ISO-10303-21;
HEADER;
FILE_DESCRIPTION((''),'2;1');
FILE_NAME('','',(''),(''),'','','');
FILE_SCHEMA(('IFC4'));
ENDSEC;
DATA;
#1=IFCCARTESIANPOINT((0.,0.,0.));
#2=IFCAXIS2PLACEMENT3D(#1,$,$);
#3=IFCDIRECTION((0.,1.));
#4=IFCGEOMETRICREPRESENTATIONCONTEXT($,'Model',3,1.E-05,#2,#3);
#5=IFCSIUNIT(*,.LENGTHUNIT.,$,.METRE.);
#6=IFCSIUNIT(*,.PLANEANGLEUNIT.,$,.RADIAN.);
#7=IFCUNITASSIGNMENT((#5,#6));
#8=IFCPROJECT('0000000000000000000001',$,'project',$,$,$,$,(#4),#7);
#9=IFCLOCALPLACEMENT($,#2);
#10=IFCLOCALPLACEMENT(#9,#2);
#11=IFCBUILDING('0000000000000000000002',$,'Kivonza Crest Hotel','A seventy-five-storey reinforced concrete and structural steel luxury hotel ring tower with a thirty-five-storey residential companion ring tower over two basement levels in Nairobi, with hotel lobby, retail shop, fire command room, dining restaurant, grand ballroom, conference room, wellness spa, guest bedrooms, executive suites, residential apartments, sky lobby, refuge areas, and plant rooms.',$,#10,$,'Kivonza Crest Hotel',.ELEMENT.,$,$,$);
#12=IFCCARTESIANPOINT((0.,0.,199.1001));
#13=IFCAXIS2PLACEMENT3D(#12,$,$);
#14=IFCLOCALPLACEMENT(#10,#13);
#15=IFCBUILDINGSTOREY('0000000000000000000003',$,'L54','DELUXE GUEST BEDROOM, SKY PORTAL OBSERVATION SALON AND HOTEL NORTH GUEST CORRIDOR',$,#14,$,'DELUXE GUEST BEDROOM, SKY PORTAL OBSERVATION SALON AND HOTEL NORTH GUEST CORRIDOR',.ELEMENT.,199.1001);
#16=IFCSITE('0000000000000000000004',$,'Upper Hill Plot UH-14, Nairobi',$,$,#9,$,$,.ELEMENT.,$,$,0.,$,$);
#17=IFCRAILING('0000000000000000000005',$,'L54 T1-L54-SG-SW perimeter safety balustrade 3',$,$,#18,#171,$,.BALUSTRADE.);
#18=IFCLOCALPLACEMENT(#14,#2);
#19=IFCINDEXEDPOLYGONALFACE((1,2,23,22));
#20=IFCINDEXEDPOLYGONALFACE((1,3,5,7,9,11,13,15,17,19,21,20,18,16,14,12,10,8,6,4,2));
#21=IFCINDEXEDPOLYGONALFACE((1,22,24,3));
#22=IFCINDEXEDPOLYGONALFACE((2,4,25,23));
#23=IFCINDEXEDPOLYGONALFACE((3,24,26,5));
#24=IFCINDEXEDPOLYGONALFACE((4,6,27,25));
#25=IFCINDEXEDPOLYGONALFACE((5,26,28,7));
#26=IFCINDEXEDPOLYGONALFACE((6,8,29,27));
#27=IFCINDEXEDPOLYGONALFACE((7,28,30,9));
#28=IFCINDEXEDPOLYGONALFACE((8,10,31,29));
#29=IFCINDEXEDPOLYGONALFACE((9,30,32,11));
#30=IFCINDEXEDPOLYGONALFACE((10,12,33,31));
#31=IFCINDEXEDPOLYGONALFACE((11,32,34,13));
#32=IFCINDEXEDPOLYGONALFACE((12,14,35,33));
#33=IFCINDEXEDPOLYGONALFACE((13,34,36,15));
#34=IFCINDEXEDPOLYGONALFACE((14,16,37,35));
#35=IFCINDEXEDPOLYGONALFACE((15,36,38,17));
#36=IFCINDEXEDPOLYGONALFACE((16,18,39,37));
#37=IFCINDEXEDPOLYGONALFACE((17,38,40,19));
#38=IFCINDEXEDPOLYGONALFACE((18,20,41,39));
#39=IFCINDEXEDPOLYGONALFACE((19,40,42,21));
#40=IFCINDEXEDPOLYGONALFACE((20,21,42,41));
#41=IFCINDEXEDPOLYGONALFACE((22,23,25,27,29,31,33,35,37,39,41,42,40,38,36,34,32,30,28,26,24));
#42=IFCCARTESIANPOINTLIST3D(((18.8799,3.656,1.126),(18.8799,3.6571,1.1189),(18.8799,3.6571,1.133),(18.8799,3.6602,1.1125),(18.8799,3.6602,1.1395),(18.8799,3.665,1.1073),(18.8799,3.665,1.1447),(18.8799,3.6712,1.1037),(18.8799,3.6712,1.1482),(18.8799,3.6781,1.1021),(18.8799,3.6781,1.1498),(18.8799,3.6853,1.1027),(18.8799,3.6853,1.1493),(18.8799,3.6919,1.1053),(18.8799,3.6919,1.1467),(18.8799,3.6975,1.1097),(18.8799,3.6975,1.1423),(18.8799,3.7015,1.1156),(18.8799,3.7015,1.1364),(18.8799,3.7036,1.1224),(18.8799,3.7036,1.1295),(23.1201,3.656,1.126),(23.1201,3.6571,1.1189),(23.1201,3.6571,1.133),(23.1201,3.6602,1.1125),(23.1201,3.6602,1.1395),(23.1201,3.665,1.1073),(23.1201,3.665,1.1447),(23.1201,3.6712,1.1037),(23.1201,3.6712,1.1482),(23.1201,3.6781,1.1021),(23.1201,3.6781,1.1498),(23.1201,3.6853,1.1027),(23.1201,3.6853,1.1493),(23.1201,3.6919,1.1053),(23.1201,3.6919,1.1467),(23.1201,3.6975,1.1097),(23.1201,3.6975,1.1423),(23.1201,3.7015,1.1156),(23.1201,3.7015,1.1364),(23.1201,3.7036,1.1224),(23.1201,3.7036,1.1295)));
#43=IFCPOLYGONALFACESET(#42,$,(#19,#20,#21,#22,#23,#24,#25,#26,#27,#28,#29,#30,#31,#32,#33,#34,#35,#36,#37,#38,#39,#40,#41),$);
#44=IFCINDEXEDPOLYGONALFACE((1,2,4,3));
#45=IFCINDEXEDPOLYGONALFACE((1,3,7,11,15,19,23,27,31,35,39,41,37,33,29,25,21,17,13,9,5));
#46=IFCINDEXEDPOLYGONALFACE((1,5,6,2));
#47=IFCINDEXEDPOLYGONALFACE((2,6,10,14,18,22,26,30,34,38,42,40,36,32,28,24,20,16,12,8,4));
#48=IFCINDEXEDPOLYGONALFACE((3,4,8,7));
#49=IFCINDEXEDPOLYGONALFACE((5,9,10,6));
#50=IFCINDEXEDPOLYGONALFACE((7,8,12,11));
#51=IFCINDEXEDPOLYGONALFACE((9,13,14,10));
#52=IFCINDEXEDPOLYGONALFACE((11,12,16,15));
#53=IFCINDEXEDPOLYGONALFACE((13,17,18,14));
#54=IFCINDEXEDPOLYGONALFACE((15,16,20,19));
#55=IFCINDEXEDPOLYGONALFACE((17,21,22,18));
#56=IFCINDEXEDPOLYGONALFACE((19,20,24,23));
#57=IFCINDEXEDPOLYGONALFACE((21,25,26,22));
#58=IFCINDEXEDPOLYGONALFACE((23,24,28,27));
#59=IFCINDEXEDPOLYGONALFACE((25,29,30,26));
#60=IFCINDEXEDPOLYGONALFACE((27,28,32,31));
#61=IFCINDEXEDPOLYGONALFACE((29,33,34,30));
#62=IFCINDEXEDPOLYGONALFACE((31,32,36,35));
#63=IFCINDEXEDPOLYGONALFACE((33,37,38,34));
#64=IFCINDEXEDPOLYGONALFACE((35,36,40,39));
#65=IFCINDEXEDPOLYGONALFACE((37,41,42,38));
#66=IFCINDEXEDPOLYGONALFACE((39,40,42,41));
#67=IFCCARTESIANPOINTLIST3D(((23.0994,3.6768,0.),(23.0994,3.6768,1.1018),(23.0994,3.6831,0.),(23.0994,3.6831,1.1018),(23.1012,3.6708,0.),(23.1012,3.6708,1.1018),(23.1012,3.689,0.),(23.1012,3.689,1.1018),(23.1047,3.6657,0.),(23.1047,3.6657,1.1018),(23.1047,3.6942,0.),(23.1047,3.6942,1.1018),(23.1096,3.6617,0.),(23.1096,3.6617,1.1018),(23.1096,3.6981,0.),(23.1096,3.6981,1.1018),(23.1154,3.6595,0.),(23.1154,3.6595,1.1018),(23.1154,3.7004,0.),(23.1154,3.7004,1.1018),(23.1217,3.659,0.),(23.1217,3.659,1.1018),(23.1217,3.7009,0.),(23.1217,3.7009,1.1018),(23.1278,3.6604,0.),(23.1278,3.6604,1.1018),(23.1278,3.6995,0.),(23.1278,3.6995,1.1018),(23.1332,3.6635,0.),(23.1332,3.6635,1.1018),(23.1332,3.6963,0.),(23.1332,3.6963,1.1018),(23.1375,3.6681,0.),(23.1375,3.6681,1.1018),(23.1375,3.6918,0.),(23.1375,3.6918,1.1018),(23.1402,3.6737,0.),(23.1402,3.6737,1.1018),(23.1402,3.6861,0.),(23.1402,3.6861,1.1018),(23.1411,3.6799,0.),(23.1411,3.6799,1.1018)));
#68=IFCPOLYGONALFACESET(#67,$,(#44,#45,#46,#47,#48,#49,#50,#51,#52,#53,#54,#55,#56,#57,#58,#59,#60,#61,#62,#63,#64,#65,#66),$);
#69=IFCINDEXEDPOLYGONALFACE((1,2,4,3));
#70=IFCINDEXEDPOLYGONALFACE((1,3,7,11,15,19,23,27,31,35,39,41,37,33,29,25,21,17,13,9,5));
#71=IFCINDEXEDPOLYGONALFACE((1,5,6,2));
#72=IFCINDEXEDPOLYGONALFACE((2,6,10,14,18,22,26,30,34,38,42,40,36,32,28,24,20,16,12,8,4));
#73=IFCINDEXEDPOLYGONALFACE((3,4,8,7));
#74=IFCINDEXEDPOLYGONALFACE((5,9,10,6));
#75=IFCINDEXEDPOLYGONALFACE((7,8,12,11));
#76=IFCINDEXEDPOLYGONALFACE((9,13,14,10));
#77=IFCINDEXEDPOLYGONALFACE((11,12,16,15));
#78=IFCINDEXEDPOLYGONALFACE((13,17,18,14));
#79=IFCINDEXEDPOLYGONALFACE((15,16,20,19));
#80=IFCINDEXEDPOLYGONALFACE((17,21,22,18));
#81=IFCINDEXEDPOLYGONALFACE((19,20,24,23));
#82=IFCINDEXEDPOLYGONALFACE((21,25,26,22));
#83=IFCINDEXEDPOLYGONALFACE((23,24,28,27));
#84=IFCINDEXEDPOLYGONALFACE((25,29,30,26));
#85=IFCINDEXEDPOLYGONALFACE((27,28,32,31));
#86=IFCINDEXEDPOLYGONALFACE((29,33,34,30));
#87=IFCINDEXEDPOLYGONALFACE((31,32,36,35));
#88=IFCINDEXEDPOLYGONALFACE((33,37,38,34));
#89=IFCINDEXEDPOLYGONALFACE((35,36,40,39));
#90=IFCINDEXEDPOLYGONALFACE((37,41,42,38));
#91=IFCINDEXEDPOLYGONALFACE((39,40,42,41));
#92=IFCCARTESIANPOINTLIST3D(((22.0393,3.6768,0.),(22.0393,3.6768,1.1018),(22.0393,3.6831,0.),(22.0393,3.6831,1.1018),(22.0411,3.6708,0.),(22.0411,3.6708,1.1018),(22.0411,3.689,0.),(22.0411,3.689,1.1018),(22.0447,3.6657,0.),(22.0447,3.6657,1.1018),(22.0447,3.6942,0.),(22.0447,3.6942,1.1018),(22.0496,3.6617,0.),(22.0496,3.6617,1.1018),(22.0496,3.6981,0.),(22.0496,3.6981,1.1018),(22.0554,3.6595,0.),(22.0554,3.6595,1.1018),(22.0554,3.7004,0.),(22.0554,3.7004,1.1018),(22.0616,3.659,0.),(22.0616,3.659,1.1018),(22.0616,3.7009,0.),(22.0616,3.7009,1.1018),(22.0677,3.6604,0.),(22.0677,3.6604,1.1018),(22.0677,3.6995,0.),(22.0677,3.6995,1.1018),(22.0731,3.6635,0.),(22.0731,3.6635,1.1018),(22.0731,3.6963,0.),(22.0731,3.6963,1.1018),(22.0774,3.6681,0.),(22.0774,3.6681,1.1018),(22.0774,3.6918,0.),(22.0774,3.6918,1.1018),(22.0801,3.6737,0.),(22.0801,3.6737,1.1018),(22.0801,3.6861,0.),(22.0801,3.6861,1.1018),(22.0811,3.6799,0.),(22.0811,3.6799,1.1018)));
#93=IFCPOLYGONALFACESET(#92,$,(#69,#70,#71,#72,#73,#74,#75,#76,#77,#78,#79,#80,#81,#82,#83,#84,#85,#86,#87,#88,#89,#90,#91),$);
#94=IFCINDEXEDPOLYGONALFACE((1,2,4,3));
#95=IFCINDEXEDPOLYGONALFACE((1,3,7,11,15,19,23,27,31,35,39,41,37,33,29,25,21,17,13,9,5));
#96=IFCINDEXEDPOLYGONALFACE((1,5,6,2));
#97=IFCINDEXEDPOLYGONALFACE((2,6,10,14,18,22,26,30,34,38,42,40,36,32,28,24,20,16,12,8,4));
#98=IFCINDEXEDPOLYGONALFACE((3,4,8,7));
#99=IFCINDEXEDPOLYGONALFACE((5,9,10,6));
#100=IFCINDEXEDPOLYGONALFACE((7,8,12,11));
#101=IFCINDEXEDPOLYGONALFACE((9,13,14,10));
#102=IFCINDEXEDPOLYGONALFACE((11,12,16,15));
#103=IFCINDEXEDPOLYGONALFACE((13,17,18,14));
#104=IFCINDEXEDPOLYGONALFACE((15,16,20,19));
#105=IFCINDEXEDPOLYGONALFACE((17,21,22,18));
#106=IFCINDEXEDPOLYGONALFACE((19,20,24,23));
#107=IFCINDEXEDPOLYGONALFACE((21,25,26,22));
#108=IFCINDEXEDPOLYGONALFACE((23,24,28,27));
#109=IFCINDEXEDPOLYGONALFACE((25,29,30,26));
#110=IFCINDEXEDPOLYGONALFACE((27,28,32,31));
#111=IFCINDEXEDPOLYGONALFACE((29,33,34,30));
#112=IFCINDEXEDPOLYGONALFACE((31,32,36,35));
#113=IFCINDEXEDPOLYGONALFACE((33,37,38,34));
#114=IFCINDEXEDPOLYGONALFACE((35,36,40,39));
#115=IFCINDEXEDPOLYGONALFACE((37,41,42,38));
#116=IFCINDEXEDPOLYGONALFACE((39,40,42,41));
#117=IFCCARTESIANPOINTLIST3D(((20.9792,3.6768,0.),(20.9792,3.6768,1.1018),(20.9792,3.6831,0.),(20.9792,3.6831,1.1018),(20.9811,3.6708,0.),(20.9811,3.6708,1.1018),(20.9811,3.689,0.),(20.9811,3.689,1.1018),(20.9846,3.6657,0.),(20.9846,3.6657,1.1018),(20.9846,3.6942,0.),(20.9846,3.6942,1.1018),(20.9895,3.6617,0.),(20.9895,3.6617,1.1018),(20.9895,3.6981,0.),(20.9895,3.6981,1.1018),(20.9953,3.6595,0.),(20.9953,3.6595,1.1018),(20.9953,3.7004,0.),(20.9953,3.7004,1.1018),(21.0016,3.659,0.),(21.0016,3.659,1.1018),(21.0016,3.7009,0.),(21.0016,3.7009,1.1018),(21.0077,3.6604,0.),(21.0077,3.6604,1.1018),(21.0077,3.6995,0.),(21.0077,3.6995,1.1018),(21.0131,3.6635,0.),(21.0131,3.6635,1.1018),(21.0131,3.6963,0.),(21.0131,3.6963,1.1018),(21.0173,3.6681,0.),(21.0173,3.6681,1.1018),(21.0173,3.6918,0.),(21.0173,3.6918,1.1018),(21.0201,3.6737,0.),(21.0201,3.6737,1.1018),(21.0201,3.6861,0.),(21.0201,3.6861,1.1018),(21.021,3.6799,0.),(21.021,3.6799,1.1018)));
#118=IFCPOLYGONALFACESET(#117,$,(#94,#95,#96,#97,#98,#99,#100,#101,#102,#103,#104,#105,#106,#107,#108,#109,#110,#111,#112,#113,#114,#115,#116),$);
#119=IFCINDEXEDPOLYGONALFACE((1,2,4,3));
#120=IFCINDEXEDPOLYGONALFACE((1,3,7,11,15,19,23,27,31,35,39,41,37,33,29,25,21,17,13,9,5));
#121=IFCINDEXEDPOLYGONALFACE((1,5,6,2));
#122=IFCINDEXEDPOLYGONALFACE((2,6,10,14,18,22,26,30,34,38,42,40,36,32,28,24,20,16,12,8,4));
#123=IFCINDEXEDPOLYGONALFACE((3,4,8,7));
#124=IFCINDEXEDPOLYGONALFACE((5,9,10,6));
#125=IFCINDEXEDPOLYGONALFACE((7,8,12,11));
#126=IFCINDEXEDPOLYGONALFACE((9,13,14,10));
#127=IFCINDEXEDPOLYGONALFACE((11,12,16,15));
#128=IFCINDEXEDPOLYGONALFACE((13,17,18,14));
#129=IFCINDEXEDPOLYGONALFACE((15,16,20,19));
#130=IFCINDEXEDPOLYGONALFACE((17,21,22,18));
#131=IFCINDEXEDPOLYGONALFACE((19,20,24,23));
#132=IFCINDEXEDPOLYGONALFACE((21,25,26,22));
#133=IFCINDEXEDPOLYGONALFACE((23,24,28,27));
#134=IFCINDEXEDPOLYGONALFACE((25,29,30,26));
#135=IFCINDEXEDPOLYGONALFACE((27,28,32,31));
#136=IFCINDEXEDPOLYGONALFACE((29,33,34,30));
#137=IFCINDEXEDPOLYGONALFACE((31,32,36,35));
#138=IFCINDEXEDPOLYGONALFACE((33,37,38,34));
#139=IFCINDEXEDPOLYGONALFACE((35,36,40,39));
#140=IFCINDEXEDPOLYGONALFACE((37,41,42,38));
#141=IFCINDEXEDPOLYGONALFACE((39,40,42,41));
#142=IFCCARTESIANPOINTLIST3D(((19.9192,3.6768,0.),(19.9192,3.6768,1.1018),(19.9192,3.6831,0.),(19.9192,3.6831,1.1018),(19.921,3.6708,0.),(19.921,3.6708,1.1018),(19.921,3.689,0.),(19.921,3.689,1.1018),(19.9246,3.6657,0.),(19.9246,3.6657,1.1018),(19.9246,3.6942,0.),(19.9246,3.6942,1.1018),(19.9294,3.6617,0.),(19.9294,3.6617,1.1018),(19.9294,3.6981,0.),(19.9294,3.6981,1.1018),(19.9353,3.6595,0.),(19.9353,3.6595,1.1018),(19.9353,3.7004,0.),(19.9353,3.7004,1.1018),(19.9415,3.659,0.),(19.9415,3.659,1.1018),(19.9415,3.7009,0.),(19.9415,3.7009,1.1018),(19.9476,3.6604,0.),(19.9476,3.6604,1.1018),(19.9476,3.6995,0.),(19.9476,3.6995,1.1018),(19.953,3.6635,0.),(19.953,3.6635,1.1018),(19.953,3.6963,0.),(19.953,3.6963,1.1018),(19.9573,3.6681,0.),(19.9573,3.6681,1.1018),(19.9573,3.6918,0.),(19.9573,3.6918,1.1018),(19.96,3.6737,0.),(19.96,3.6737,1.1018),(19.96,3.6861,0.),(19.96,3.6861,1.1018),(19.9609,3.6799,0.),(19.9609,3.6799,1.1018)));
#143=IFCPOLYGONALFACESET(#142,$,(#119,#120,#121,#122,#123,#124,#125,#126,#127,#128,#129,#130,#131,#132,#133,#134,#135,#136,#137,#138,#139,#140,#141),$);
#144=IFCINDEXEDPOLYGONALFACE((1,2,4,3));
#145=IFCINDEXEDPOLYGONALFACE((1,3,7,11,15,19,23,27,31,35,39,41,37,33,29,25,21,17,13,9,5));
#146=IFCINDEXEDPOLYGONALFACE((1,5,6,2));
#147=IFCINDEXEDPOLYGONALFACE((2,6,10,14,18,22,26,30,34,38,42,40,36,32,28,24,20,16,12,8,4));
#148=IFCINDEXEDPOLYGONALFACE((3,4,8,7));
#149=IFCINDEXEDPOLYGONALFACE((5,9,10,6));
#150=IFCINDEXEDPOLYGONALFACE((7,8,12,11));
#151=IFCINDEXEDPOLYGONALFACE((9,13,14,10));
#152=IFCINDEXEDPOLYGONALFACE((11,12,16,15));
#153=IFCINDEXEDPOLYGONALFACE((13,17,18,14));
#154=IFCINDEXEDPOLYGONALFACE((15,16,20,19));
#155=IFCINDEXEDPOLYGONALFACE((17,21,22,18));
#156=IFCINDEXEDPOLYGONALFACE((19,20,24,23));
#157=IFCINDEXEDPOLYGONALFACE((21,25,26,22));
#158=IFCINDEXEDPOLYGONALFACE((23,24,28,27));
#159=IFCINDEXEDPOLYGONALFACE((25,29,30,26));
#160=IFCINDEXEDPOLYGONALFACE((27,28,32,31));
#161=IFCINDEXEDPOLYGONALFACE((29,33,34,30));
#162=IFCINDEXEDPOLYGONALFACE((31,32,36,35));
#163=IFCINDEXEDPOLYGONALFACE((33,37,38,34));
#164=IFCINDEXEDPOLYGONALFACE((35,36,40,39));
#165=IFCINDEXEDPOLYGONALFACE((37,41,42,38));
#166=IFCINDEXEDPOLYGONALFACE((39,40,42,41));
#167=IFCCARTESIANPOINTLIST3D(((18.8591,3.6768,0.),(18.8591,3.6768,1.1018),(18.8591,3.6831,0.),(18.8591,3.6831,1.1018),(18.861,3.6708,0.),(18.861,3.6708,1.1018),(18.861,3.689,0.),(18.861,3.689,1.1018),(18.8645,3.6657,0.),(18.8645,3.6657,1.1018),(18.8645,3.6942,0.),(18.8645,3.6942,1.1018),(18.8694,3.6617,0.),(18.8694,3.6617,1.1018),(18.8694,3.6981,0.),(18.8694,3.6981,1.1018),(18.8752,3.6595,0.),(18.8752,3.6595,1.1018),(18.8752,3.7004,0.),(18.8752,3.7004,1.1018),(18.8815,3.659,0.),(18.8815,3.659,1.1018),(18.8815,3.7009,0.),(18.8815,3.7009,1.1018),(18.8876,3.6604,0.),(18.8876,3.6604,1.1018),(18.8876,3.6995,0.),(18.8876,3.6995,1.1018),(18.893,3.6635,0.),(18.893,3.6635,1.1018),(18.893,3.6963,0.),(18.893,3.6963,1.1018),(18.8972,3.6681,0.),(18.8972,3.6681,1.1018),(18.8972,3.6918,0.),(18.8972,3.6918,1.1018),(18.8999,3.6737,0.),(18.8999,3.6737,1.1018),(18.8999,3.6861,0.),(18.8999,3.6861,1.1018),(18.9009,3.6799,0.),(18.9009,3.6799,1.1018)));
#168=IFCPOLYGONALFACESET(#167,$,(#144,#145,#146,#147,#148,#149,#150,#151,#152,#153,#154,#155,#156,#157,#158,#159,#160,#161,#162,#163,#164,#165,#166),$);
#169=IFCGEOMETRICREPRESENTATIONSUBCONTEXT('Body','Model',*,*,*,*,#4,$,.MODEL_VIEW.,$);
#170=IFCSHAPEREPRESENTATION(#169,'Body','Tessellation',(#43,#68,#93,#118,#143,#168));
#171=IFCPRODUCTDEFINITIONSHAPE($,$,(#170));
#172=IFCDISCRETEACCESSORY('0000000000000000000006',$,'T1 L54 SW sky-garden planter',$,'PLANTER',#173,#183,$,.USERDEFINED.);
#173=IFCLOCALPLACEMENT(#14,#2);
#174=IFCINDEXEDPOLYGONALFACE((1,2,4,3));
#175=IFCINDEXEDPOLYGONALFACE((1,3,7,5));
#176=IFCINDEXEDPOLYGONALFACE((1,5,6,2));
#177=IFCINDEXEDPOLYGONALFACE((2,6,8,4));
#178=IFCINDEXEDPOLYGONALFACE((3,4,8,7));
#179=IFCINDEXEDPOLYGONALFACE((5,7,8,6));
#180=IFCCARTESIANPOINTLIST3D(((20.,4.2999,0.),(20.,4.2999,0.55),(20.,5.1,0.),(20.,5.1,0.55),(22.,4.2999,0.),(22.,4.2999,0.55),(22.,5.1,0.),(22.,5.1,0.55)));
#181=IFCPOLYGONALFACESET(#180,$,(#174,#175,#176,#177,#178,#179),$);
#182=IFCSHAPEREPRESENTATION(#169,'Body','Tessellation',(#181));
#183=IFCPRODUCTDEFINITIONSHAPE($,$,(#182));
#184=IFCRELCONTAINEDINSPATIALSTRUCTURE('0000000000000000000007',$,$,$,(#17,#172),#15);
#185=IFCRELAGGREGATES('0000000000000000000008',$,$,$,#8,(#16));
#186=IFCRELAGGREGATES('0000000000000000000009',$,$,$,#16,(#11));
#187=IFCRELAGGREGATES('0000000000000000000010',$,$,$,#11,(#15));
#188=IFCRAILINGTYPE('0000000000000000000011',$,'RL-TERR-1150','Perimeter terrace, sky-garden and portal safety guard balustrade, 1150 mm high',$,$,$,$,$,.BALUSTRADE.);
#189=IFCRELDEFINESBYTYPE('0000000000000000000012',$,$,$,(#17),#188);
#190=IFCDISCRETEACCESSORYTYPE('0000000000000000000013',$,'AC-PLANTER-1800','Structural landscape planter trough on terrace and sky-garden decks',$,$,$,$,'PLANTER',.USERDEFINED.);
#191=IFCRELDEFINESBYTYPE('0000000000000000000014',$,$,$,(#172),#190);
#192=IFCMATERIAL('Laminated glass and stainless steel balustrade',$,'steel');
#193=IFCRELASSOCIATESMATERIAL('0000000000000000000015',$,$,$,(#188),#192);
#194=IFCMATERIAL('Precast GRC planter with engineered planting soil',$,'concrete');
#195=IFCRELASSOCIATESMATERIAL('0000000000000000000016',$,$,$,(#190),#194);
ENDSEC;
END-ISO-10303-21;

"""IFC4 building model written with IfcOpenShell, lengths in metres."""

from ifc_helpers import new_model, si_unit, direction, frame, origin, origin_2d, place, context, subcontext, project, spatial, rectangle, circle, extrude, material, type_object, element, save


model = new_model("IFC4")

# Units and contexts
model_context = context("Model", 3, precision=1e-05, world=origin(), true_north=direction((0.0, 1.0)))
body_context = subcontext(model_context, "Body", "Model", "MODEL_VIEW")
ifc_project = project(units=[si_unit("LENGTHUNIT", "METRE"), si_unit("PLANEANGLEUNIT", "RADIAN")], contexts=[model_context])

# Site, building, storey
site_placement = place(None, origin())
site = spatial("IfcSite", under=ifc_project, at=site_placement, Name="Upper Hill Plot UH-14, Nairobi", CompositionType="ELEMENT", RefElevation=0.0)
building_placement = place(site_placement, origin())
building = spatial("IfcBuilding", under=site, at=building_placement, Name="Kivonza Crest Hotel", Description="A seventy-five-storey reinforced concrete and structural steel luxury hotel ring tower with a thirty-five-storey residential companion ring tower over two basement levels in Nairobi, with hotel lobby, retail shop, fire command room, dining restaurant, grand ballroom, conference room, wellness spa, guest bedrooms, executive suites, residential apartments, sky lobby, refuge areas, and plant rooms.", LongName="Kivonza Crest Hotel", CompositionType="ELEMENT")
storey_placement = place(building_placement, frame((0.0, 0.0, 199.1001)))
storey = spatial("IfcBuildingStorey", under=building, at=storey_placement, Name="L54", Description="DELUXE GUEST BEDROOM, SKY PORTAL OBSERVATION SALON AND HOTEL NORTH GUEST CORRIDOR", LongName="DELUXE GUEST BEDROOM, SKY PORTAL OBSERVATION SALON AND HOTEL NORTH GUEST CORRIDOR", CompositionType="ELEMENT", Elevation=199.1001)

# Railing
ifc_material_1 = material(Name="Laminated glass and stainless steel balustrade", Category="steel")
railing_type = type_object("IfcRailingType", Name="RL-TERR-1150", Description="Perimeter terrace, sky-garden and portal safety guard balustrade, 1150 mm high", PredefinedType="BALUSTRADE", material=ifc_material_1)
railing_1_placement = place(storey_placement, frame((23.1201, 3.6799, 0.0)))
element("IfcRailing", 1, at=railing_1_placement, inside=storey, type_object=railing_type, Name="L54 T1-L54-SG-SW perimeter safety balustrade 3", PredefinedType="BALUSTRADE", context=body_context, shape_type="SweptSolid", body=[
    extrude(circle(Radius=0.0239, at=origin_2d()), frame((0.0, 0.0, 1.126), z_axis=(-1.0, 0.0, 0.0), x_axis=(0.0, -1.0, 0.0)), (0.0, 0.0, 1.0), 4.2402),
    extrude(circle(Radius=0.021, at=origin_2d()), origin(), (0.0, 0.0, 1.0), 1.1018),
    extrude(circle(Radius=0.021, at=origin_2d()), frame((-1.0601, 0.0, 0.0)), (0.0, 0.0, 1.0), 1.1018),
    extrude(circle(Radius=0.021, at=origin_2d()), frame((-2.1201, 0.0, 0.0)), (0.0, 0.0, 1.0), 1.1018),
    extrude(circle(Radius=0.021, at=origin_2d()), frame((-3.1802, 0.0, 0.0)), (0.0, 0.0, 1.0), 1.1018),
    extrude(circle(Radius=0.021, at=origin_2d()), frame((-4.2402, 0.0, 0.0)), (0.0, 0.0, 1.0), 1.1018),
])

# Discrete accessory
ifc_material_2 = material(Name="Precast GRC planter with engineered planting soil", Category="concrete")
discrete_accessory_type = type_object("IfcDiscreteAccessoryType", Name="AC-PLANTER-1800", Description="Structural landscape planter trough on terrace and sky-garden decks", ElementType="PLANTER", PredefinedType="USERDEFINED", material=ifc_material_2)
discrete_accessory_placement = place(storey_placement, frame((21.0, 4.7, 0.0), z_axis=(0.0, 0.0, 1.0), x_axis=(1.0, 0.0, 0.0)))
element("IfcDiscreteAccessory", 2, at=discrete_accessory_placement, inside=storey, type_object=discrete_accessory_type, Name="T1 L54 SW sky-garden planter", ObjectType="PLANTER", PredefinedType="USERDEFINED", context=body_context, shape_type="SweptSolid", body=[
    extrude(rectangle(XDim=2.0, YDim=0.8, at=origin_2d()), origin(), (0.0, 0.0, 1.0), 0.55),
])

save(model, "model.ifc")
